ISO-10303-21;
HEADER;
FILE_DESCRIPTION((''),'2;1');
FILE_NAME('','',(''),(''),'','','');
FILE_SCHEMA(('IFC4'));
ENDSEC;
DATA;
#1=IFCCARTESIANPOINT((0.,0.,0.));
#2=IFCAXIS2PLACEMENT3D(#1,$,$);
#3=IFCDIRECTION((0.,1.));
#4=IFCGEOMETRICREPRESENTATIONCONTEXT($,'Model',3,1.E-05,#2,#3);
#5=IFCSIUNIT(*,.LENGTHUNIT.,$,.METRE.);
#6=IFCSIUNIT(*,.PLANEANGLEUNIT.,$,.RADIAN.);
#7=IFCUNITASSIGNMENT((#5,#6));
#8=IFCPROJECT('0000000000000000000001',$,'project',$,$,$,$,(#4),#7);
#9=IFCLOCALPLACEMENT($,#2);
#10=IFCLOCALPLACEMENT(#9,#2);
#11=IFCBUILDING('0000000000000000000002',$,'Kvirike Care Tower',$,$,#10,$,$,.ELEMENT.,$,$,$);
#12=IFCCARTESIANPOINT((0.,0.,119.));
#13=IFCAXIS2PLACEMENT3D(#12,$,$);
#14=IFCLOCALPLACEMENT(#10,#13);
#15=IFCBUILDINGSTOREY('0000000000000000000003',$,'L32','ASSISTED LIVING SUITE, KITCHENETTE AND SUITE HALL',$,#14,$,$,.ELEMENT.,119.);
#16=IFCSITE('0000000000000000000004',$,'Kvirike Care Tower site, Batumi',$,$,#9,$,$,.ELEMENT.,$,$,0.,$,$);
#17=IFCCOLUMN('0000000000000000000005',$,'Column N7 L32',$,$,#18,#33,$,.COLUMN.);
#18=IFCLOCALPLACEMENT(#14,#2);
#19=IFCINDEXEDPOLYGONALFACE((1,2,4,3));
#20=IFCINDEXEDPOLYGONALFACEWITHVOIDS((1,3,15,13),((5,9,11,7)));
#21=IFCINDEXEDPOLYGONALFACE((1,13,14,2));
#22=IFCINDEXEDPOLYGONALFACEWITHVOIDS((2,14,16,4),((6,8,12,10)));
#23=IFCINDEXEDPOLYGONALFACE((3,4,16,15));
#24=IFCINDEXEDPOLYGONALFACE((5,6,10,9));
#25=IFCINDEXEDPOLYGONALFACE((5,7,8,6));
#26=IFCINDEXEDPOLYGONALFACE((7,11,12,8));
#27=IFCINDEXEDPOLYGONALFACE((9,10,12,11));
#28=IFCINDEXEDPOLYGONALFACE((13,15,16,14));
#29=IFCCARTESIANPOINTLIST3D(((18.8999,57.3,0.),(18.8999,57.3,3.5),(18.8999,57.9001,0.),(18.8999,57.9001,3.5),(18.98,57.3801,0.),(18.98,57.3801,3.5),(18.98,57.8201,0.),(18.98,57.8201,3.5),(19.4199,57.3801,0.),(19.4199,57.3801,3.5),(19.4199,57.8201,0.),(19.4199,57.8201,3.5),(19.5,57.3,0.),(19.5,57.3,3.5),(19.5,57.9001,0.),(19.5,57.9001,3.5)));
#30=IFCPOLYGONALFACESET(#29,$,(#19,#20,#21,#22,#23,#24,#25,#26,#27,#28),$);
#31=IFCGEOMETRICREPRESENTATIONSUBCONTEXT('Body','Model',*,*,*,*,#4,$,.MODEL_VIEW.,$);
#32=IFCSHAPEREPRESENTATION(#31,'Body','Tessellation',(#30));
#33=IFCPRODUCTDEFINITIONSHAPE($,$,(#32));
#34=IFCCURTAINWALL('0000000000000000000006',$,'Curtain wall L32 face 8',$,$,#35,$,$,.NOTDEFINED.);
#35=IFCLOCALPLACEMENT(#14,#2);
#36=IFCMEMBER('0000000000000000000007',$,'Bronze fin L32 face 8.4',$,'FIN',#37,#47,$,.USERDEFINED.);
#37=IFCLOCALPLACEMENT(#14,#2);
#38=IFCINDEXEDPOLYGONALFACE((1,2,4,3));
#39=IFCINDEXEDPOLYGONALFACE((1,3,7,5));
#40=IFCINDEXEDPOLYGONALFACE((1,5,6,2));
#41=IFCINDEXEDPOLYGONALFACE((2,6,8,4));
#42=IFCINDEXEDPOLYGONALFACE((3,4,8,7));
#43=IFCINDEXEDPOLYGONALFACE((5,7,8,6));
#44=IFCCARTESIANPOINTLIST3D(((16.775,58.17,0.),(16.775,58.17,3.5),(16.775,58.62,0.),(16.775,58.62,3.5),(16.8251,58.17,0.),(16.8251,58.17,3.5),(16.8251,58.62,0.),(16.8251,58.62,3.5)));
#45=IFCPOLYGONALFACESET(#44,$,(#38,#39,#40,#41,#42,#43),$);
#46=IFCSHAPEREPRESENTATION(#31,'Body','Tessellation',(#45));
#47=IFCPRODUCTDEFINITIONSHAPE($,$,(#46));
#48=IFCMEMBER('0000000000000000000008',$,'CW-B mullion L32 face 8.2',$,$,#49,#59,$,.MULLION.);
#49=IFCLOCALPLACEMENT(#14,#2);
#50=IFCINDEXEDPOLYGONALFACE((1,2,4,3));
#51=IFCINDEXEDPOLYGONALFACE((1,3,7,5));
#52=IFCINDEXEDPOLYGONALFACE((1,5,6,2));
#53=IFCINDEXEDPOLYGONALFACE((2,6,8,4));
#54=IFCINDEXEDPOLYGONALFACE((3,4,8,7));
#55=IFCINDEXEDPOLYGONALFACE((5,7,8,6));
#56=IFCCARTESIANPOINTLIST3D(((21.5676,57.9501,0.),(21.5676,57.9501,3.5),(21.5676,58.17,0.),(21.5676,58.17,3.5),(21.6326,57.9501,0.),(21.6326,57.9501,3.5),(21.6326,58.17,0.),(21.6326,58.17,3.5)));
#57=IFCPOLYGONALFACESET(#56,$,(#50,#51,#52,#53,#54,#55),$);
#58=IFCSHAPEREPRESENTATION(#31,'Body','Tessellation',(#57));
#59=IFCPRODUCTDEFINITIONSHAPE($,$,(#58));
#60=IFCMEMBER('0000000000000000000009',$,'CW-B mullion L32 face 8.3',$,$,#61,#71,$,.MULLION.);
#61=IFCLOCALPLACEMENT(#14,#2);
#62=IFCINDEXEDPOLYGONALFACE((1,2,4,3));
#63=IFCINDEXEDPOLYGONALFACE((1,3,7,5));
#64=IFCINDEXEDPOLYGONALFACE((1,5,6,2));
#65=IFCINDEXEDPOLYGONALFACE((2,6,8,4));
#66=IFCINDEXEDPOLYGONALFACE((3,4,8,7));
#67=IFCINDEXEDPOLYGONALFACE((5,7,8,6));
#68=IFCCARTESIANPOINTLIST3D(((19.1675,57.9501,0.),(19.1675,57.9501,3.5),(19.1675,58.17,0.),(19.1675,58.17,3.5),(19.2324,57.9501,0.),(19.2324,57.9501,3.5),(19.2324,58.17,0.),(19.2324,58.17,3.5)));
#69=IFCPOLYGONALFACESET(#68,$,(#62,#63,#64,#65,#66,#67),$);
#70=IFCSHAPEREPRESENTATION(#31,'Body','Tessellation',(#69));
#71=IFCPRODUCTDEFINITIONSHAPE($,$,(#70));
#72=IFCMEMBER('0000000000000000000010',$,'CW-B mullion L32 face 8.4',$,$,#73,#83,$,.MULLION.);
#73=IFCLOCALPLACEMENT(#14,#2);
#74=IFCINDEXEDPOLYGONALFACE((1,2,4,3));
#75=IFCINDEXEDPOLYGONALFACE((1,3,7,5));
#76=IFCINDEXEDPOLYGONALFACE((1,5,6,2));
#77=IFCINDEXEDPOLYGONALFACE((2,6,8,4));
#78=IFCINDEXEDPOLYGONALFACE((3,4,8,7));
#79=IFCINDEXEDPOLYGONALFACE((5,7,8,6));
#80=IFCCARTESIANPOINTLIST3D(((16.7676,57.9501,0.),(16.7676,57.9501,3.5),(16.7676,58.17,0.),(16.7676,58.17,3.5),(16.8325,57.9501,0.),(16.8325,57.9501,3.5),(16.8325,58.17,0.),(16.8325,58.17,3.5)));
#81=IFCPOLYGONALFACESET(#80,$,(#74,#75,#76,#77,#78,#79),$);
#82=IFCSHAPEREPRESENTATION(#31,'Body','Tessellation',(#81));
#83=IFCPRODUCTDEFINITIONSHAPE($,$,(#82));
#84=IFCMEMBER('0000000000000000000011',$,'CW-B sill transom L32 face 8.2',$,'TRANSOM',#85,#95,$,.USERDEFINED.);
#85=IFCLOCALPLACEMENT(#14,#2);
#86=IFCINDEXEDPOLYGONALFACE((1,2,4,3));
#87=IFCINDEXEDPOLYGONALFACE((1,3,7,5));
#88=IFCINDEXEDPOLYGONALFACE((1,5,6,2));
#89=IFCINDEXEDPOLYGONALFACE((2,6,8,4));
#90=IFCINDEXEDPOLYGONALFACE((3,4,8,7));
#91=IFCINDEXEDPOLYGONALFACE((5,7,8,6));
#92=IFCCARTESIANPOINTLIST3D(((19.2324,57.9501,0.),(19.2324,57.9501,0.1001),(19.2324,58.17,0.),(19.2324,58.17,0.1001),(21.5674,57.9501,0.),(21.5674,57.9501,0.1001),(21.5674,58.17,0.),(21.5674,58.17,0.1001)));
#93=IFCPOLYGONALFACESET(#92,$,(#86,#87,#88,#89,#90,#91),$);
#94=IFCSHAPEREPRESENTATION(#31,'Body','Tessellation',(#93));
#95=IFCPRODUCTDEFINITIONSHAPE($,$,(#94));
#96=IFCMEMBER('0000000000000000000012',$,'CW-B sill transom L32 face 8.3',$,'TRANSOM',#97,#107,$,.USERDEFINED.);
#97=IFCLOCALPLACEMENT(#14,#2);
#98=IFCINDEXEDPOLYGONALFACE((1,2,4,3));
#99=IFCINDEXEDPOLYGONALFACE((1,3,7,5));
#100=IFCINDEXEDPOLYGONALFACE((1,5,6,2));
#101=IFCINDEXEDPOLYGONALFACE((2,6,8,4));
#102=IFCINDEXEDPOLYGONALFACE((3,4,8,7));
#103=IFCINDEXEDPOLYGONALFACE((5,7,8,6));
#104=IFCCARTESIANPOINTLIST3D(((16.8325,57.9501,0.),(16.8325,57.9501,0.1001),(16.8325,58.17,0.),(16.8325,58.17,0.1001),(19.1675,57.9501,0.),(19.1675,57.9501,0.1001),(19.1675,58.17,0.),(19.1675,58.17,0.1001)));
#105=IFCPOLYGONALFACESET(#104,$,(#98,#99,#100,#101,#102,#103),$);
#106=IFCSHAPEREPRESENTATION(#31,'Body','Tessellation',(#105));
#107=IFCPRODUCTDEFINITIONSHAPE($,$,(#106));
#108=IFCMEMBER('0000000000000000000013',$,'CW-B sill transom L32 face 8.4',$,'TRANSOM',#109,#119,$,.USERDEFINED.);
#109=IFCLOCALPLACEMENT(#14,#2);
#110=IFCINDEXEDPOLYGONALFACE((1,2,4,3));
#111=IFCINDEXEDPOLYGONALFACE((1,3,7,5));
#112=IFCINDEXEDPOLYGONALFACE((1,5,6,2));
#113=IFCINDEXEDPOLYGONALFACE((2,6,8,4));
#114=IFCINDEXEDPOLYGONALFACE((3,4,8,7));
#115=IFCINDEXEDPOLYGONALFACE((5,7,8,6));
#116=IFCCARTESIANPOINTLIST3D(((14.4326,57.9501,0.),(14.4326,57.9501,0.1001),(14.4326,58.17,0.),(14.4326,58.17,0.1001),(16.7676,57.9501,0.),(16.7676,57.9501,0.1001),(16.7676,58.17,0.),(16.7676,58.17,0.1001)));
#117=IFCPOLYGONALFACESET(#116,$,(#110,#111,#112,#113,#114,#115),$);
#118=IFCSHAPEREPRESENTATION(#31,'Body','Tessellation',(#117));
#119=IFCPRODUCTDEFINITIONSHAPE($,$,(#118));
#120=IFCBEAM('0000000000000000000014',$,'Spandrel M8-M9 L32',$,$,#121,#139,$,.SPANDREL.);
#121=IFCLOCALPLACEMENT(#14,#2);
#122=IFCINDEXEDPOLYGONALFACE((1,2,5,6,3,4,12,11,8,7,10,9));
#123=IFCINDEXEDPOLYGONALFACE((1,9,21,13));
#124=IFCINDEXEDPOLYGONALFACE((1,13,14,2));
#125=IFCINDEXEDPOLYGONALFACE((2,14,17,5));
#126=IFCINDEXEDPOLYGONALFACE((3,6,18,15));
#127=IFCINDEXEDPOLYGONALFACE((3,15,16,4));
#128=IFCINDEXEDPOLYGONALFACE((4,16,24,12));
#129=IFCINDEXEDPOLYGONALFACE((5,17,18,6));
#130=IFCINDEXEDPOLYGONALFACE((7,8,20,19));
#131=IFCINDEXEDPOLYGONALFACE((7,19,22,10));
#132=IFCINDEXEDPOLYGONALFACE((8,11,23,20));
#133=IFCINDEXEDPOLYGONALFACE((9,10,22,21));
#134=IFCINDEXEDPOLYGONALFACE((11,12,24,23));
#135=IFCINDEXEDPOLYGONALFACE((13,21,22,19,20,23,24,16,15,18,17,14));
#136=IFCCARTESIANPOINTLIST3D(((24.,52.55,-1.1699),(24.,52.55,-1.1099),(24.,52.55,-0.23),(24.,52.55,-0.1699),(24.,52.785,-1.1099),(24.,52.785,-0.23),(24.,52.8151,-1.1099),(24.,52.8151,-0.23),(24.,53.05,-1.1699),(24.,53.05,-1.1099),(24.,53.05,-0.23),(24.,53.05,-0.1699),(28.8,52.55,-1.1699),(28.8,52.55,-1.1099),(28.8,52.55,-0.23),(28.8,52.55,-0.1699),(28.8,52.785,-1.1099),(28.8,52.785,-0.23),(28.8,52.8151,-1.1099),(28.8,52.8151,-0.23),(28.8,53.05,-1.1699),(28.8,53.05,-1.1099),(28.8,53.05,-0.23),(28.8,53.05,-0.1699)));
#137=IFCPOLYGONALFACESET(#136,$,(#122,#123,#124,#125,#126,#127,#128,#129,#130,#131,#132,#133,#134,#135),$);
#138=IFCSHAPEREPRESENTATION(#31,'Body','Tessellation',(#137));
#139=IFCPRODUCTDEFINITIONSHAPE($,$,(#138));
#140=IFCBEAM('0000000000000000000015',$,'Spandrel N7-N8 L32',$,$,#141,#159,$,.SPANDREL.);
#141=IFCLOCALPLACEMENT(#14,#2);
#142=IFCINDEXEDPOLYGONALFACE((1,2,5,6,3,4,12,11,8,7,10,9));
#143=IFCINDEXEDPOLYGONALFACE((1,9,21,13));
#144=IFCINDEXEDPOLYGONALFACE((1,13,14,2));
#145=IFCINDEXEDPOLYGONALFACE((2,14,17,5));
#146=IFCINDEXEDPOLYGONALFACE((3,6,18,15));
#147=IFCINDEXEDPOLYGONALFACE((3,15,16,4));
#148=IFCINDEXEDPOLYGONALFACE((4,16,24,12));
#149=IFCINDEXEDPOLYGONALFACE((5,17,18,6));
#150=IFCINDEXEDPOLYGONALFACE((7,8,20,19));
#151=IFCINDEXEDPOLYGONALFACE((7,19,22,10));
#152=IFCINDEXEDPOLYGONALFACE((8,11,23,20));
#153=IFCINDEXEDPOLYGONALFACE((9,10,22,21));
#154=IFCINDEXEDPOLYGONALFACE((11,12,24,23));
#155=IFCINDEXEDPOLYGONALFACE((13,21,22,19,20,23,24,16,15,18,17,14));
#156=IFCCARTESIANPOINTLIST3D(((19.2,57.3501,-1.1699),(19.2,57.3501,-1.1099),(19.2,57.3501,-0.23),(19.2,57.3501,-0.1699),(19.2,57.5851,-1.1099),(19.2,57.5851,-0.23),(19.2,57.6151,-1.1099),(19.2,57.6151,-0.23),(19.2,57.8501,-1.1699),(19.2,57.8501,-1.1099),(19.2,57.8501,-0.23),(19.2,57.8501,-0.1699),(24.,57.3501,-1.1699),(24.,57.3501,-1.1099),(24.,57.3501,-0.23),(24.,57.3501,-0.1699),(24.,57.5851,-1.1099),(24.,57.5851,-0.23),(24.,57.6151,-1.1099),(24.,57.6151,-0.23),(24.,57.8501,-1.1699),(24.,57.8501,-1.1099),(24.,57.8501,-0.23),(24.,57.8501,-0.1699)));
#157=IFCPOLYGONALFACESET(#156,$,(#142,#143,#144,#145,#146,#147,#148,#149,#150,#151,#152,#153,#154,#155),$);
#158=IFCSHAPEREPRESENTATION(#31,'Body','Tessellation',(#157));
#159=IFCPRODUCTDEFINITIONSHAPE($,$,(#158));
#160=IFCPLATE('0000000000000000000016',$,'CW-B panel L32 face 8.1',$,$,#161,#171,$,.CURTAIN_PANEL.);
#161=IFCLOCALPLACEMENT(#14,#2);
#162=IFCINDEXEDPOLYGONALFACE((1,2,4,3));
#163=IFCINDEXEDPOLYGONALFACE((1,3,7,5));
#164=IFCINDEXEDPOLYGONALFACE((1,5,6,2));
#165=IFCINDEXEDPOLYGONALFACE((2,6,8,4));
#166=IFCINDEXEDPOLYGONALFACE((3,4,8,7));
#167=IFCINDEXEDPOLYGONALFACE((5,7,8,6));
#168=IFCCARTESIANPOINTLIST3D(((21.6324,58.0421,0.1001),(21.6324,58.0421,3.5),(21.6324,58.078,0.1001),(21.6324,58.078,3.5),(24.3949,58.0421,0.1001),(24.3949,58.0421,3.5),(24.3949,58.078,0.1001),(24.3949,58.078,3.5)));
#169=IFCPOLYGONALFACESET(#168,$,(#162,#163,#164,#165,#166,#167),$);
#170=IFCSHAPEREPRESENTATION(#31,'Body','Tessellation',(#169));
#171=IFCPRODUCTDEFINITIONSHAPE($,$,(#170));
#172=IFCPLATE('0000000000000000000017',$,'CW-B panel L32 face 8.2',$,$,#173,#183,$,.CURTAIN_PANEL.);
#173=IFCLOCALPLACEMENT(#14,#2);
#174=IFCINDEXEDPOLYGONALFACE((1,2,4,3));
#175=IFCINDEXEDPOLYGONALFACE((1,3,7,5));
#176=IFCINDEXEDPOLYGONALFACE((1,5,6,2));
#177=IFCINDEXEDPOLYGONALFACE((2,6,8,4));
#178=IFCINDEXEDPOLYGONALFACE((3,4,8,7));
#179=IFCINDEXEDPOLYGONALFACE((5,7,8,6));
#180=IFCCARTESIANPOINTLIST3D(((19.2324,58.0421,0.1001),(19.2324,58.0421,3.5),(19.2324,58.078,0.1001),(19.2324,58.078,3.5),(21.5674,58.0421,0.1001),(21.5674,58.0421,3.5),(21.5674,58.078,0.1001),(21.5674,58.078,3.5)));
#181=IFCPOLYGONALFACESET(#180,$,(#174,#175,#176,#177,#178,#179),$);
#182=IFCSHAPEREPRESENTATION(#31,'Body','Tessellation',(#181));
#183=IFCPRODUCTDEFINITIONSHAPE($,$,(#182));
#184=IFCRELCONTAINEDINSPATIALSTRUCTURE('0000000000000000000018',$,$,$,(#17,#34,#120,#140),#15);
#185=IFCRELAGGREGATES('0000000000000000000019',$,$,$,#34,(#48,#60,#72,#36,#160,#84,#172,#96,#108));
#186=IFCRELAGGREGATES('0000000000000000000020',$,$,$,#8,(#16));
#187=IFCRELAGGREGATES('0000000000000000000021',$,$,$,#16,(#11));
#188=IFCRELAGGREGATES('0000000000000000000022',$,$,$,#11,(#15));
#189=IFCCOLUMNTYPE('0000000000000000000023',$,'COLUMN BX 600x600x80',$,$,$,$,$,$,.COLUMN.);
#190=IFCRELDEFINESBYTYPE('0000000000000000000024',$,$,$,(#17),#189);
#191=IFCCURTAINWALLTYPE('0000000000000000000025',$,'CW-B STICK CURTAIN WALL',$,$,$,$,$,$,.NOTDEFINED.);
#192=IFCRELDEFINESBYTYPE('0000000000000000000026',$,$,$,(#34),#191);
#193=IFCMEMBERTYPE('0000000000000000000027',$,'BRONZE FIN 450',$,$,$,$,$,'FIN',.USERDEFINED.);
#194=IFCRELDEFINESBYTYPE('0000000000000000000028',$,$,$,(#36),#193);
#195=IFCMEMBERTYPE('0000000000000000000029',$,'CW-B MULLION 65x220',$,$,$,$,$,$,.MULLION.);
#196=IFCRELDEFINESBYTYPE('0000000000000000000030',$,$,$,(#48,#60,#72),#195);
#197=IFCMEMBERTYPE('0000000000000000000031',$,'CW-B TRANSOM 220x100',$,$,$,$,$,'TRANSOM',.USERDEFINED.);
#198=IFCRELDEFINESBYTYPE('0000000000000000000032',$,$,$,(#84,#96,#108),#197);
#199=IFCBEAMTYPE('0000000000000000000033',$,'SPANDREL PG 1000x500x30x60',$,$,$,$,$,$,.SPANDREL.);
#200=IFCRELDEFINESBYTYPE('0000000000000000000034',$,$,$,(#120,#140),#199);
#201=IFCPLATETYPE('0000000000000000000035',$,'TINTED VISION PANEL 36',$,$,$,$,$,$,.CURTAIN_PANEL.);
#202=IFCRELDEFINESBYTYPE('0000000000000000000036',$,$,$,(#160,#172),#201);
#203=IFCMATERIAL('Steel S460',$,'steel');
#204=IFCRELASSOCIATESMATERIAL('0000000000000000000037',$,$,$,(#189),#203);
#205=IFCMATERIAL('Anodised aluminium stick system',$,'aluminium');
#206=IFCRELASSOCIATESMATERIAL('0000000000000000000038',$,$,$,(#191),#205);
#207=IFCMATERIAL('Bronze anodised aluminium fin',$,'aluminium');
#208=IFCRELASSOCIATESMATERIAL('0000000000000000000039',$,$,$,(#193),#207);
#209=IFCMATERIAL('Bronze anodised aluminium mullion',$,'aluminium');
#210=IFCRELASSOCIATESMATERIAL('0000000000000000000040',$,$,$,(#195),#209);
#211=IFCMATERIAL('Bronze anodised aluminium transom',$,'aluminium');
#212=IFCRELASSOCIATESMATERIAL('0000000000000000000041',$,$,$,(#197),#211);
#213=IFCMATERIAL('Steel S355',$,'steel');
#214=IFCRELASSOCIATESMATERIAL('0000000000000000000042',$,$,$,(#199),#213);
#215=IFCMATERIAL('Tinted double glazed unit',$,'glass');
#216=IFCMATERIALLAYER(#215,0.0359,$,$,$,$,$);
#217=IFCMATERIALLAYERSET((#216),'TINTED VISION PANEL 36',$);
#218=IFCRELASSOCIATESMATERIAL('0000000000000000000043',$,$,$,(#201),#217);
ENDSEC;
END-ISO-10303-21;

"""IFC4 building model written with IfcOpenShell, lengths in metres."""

from ifc_helpers import new_model, si_unit, direction, frame, origin, origin_2d, place, context, subcontext, project, spatial, rectangle, hollow_rectangle, i_section, extrude, material, layer, layer_set, material_profile, profile_set, type_object, element, aggregate, save


model = new_model("IFC4")

# Units and contexts
model_context = context("Model", 3, precision=1e-05, world=origin(), true_north=direction((0.0, 1.0)))
body_context = subcontext(model_context, "Body", "Model", "MODEL_VIEW")
ifc_project = project(units=[si_unit("LENGTHUNIT", "METRE"), si_unit("PLANEANGLEUNIT", "RADIAN")], contexts=[model_context])

# Site, building, storey
site_placement = place(None, origin())
site = spatial("IfcSite", under=ifc_project, at=site_placement, Name="Kvirike Care Tower site, Batumi", CompositionType="ELEMENT", RefElevation=0.0)
building_placement = place(site_placement, origin())
building = spatial("IfcBuilding", under=site, at=building_placement, Name="Kvirike Care Tower", CompositionType="ELEMENT")
storey_placement = place(building_placement, frame((0.0, 0.0, 119.0)))
storey = spatial("IfcBuildingStorey", under=building, at=storey_placement, Name="L32", Description="ASSISTED LIVING SUITE, KITCHENETTE AND SUITE HALL", CompositionType="ELEMENT", Elevation=119.0)

# Column
ifc_material_1 = material(Name="Steel S460", Category="steel")
ifc_material_profile_1 = material_profile(ifc_material_1, hollow_rectangle(XDim=0.6001, YDim=0.6001, WallThickness=0.0801, at=origin_2d()), Name="BX 600x600x80")
ifc_profile_set_1 = profile_set([ifc_material_profile_1], Name="Steel S460")
column_type = type_object("IfcColumnType", Name="COLUMN BX 600x600x80", PredefinedType="COLUMN", material=ifc_profile_set_1)
column_placement = place(storey_placement, frame((19.2, 57.6001, 0.0), z_axis=(0.0, 0.0, 1.0), x_axis=(0.0, 1.0, 0.0)))
element("IfcColumn", 1, at=column_placement, inside=storey, type_object=column_type, Name="Column N7 L32", PredefinedType="COLUMN", context=body_context, shape_type="SweptSolid", body=[
    extrude(hollow_rectangle(XDim=0.6001, YDim=0.6001, WallThickness=0.0801, at=origin_2d()), origin(), (0.0, 0.0, 1.0), 3.5),
])

# Curtain wall, members
ifc_material_2 = material(Name="Anodised aluminium stick system", Category="aluminium")
curtain_wall_type = type_object("IfcCurtainWallType", Name="CW-B STICK CURTAIN WALL", PredefinedType="NOTDEFINED", material=ifc_material_2)
curtain_wall_placement = place(storey_placement, origin())
curtain_wall = element("IfcCurtainWall", 2, at=curtain_wall_placement, inside=storey, type_object=curtain_wall_type, Name="Curtain wall L32 face 8", PredefinedType="NOTDEFINED")
ifc_material_3 = material(Name="Bronze anodised aluminium fin", Category="aluminium")
ifc_material_profile_2 = material_profile(ifc_material_3, rectangle(XDim=0.05, YDim=0.45, at=origin_2d()), Name="BRONZE FIN 450")
ifc_profile_set_2 = profile_set([ifc_material_profile_2], Name="Bronze anodised aluminium fin")
member_type_1 = type_object("IfcMemberType", Name="BRONZE FIN 450", ElementType="FIN", PredefinedType="USERDEFINED", material=ifc_profile_set_2)
member_1_placement = place(storey_placement, frame((16.8, 58.395, 0.0), z_axis=(0.0, 0.0, 1.0), x_axis=(-1.0, 0.0, 0.0)))
member_1 = element("IfcMember", 3, at=member_1_placement, type_object=member_type_1, Name="Bronze fin L32 face 8.4", ObjectType="FIN", PredefinedType="USERDEFINED", context=body_context, shape_type="SweptSolid", body=[
    extrude(rectangle(XDim=0.05, YDim=0.45, at=origin_2d()), origin(), (0.0, 0.0, 1.0), 3.5),
])
ifc_material_4 = material(Name="Bronze anodised aluminium mullion", Category="aluminium")
ifc_material_profile_3 = material_profile(ifc_material_4, rectangle(XDim=0.0649, YDim=0.22, at=origin_2d()), Name="CW-B MULLION 65x220")
ifc_profile_set_3 = profile_set([ifc_material_profile_3], Name="Bronze anodised aluminium mullion")
member_type_2 = type_object("IfcMemberType", Name="CW-B MULLION 65x220", PredefinedType="MULLION", material=ifc_profile_set_3)
member_2_placement = place(storey_placement, frame((21.6001, 58.0601, 0.0), z_axis=(0.0, 0.0, 1.0), x_axis=(-1.0, 0.0, 0.0)))
member_2 = element("IfcMember", 4, at=member_2_placement, type_object=member_type_2, Name="CW-B mullion L32 face 8.2", PredefinedType="MULLION", context=body_context, shape_type="SweptSolid", body=[
    extrude(rectangle(XDim=0.0649, YDim=0.22, at=origin_2d()), origin(), (0.0, 0.0, 1.0), 3.5),
])
member_3_placement = place(storey_placement, frame((19.2, 58.0601, 0.0), z_axis=(0.0, 0.0, 1.0), x_axis=(-1.0, 0.0, 0.0)))
member_3 = element("IfcMember", 5, at=member_3_placement, type_object=member_type_2, Name="CW-B mullion L32 face 8.3", PredefinedType="MULLION", context=body_context, shape_type="SweptSolid", body=[
    extrude(rectangle(XDim=0.0649, YDim=0.22, at=origin_2d()), origin(), (0.0, 0.0, 1.0), 3.5),
])
member_4_placement = place(storey_placement, frame((16.8, 58.0601, 0.0), z_axis=(0.0, 0.0, 1.0), x_axis=(-1.0, 0.0, 0.0)))
member_4 = element("IfcMember", 6, at=member_4_placement, type_object=member_type_2, Name="CW-B mullion L32 face 8.4", PredefinedType="MULLION", context=body_context, shape_type="SweptSolid", body=[
    extrude(rectangle(XDim=0.0649, YDim=0.22, at=origin_2d()), origin(), (0.0, 0.0, 1.0), 3.5),
])
ifc_material_5 = material(Name="Bronze anodised aluminium transom", Category="aluminium")
ifc_material_profile_4 = material_profile(ifc_material_5, rectangle(XDim=0.22, YDim=0.1001, at=origin_2d()), Name="CW-B TRANSOM 220x100")
ifc_profile_set_4 = profile_set([ifc_material_profile_4], Name="Bronze anodised aluminium transom")
member_type_3 = type_object("IfcMemberType", Name="CW-B TRANSOM 220x100", ElementType="TRANSOM", PredefinedType="USERDEFINED", material=ifc_profile_set_4)
member_5_placement = place(storey_placement, frame((21.5674, 58.0601, 0.05), z_axis=(-1.0, 0.0, 0.0), x_axis=(0.0, -1.0, 0.0)))
member_5 = element("IfcMember", 7, at=member_5_placement, type_object=member_type_3, Name="CW-B sill transom L32 face 8.2", ObjectType="TRANSOM", PredefinedType="USERDEFINED", context=body_context, shape_type="SweptSolid", body=[
    extrude(rectangle(XDim=0.22, YDim=0.1001, at=origin_2d()), origin(), (0.0, 0.0, 1.0), 2.335),
])
member_6_placement = place(storey_placement, frame((19.1675, 58.0601, 0.05), z_axis=(-1.0, 0.0, 0.0), x_axis=(0.0, -1.0, 0.0)))
member_6 = element("IfcMember", 8, at=member_6_placement, type_object=member_type_3, Name="CW-B sill transom L32 face 8.3", ObjectType="TRANSOM", PredefinedType="USERDEFINED", context=body_context, shape_type="SweptSolid", body=[
    extrude(rectangle(XDim=0.22, YDim=0.1001, at=origin_2d()), origin(), (0.0, 0.0, 1.0), 2.335),
])
member_7_placement = place(storey_placement, frame((16.7676, 58.0601, 0.05), z_axis=(-1.0, 0.0, 0.0), x_axis=(0.0, -1.0, 0.0)))
member_7 = element("IfcMember", 9, at=member_7_placement, type_object=member_type_3, Name="CW-B sill transom L32 face 8.4", ObjectType="TRANSOM", PredefinedType="USERDEFINED", context=body_context, shape_type="SweptSolid", body=[
    extrude(rectangle(XDim=0.22, YDim=0.1001, at=origin_2d()), origin(), (0.0, 0.0, 1.0), 2.335),
])

# Beams
ifc_material_6 = material(Name="Steel S355", Category="steel")
ifc_material_profile_5 = material_profile(ifc_material_6, i_section(OverallWidth=0.5, OverallDepth=1.0, WebThickness=0.03, FlangeThickness=0.0601, at=origin_2d()), Name="PG 1000x500x30x60")
ifc_profile_set_5 = profile_set([ifc_material_profile_5], Name="Steel S355")
beam_type = type_object("IfcBeamType", Name="SPANDREL PG 1000x500x30x60", PredefinedType="SPANDREL", material=ifc_profile_set_5)
for number, where, z_axis, x_axis, name in (
    (10, (24.0, 52.8, -0.6699), (1.0, 0.0, 0.0), (0.0, 1.0, 0.0), "Spandrel M8-M9 L32"),
    (11, (19.2, 57.6001, -0.6699), (1.0, 0.0, 0.0), (0.0, 1.0, 0.0), "Spandrel N7-N8 L32"),
):
    element("IfcBeam", number, at=place(storey_placement, frame(where, z_axis=z_axis, x_axis=x_axis)), inside=storey, type_object=beam_type, Name=name, PredefinedType="SPANDREL", context=body_context, shape_type="SweptSolid", body=[
        extrude(i_section(OverallWidth=0.5, OverallDepth=1.0, WebThickness=0.03, FlangeThickness=0.0601, at=origin_2d()), origin(), (0.0, 0.0, 1.0), 4.8),
    ])

# Plates
ifc_material_7 = material(Name="Tinted double glazed unit", Category="glass")
ifc_layer_1 = layer(ifc_material_7, 0.0359)
ifc_layer_set_1 = layer_set([ifc_layer_1], Name="TINTED VISION PANEL 36")
plate_type = type_object("IfcPlateType", Name="TINTED VISION PANEL 36", PredefinedType="CURTAIN_PANEL", material=ifc_layer_set_1)
plate_1_placement = place(storey_placement, frame((23.0137, 58.0601, 0.1001), z_axis=(0.0, 0.0, 1.0), x_axis=(-1.0, 0.0, 0.0)))
plate_1 = element("IfcPlate", 12, at=plate_1_placement, type_object=plate_type, Name="CW-B panel L32 face 8.1", PredefinedType="CURTAIN_PANEL", context=body_context, shape_type="SweptSolid", body=[
    extrude(rectangle(XDim=2.7625, YDim=0.0359, at=origin_2d()), origin(), (0.0, 0.0, 1.0), 3.3999),
])
plate_2_placement = place(storey_placement, frame((20.3999, 58.0601, 0.1001), z_axis=(0.0, 0.0, 1.0), x_axis=(-1.0, 0.0, 0.0)))
plate_2 = element("IfcPlate", 13, at=plate_2_placement, type_object=plate_type, Name="CW-B panel L32 face 8.2", PredefinedType="CURTAIN_PANEL", context=body_context, shape_type="SweptSolid", body=[
    extrude(rectangle(XDim=2.335, YDim=0.0359, at=origin_2d()), origin(), (0.0, 0.0, 1.0), 3.3999),
])
aggregate(curtain_wall, [member_2, member_3, member_4, member_1, plate_1, member_5, plate_2, member_6, member_7])

save(model, "model.ifc")
